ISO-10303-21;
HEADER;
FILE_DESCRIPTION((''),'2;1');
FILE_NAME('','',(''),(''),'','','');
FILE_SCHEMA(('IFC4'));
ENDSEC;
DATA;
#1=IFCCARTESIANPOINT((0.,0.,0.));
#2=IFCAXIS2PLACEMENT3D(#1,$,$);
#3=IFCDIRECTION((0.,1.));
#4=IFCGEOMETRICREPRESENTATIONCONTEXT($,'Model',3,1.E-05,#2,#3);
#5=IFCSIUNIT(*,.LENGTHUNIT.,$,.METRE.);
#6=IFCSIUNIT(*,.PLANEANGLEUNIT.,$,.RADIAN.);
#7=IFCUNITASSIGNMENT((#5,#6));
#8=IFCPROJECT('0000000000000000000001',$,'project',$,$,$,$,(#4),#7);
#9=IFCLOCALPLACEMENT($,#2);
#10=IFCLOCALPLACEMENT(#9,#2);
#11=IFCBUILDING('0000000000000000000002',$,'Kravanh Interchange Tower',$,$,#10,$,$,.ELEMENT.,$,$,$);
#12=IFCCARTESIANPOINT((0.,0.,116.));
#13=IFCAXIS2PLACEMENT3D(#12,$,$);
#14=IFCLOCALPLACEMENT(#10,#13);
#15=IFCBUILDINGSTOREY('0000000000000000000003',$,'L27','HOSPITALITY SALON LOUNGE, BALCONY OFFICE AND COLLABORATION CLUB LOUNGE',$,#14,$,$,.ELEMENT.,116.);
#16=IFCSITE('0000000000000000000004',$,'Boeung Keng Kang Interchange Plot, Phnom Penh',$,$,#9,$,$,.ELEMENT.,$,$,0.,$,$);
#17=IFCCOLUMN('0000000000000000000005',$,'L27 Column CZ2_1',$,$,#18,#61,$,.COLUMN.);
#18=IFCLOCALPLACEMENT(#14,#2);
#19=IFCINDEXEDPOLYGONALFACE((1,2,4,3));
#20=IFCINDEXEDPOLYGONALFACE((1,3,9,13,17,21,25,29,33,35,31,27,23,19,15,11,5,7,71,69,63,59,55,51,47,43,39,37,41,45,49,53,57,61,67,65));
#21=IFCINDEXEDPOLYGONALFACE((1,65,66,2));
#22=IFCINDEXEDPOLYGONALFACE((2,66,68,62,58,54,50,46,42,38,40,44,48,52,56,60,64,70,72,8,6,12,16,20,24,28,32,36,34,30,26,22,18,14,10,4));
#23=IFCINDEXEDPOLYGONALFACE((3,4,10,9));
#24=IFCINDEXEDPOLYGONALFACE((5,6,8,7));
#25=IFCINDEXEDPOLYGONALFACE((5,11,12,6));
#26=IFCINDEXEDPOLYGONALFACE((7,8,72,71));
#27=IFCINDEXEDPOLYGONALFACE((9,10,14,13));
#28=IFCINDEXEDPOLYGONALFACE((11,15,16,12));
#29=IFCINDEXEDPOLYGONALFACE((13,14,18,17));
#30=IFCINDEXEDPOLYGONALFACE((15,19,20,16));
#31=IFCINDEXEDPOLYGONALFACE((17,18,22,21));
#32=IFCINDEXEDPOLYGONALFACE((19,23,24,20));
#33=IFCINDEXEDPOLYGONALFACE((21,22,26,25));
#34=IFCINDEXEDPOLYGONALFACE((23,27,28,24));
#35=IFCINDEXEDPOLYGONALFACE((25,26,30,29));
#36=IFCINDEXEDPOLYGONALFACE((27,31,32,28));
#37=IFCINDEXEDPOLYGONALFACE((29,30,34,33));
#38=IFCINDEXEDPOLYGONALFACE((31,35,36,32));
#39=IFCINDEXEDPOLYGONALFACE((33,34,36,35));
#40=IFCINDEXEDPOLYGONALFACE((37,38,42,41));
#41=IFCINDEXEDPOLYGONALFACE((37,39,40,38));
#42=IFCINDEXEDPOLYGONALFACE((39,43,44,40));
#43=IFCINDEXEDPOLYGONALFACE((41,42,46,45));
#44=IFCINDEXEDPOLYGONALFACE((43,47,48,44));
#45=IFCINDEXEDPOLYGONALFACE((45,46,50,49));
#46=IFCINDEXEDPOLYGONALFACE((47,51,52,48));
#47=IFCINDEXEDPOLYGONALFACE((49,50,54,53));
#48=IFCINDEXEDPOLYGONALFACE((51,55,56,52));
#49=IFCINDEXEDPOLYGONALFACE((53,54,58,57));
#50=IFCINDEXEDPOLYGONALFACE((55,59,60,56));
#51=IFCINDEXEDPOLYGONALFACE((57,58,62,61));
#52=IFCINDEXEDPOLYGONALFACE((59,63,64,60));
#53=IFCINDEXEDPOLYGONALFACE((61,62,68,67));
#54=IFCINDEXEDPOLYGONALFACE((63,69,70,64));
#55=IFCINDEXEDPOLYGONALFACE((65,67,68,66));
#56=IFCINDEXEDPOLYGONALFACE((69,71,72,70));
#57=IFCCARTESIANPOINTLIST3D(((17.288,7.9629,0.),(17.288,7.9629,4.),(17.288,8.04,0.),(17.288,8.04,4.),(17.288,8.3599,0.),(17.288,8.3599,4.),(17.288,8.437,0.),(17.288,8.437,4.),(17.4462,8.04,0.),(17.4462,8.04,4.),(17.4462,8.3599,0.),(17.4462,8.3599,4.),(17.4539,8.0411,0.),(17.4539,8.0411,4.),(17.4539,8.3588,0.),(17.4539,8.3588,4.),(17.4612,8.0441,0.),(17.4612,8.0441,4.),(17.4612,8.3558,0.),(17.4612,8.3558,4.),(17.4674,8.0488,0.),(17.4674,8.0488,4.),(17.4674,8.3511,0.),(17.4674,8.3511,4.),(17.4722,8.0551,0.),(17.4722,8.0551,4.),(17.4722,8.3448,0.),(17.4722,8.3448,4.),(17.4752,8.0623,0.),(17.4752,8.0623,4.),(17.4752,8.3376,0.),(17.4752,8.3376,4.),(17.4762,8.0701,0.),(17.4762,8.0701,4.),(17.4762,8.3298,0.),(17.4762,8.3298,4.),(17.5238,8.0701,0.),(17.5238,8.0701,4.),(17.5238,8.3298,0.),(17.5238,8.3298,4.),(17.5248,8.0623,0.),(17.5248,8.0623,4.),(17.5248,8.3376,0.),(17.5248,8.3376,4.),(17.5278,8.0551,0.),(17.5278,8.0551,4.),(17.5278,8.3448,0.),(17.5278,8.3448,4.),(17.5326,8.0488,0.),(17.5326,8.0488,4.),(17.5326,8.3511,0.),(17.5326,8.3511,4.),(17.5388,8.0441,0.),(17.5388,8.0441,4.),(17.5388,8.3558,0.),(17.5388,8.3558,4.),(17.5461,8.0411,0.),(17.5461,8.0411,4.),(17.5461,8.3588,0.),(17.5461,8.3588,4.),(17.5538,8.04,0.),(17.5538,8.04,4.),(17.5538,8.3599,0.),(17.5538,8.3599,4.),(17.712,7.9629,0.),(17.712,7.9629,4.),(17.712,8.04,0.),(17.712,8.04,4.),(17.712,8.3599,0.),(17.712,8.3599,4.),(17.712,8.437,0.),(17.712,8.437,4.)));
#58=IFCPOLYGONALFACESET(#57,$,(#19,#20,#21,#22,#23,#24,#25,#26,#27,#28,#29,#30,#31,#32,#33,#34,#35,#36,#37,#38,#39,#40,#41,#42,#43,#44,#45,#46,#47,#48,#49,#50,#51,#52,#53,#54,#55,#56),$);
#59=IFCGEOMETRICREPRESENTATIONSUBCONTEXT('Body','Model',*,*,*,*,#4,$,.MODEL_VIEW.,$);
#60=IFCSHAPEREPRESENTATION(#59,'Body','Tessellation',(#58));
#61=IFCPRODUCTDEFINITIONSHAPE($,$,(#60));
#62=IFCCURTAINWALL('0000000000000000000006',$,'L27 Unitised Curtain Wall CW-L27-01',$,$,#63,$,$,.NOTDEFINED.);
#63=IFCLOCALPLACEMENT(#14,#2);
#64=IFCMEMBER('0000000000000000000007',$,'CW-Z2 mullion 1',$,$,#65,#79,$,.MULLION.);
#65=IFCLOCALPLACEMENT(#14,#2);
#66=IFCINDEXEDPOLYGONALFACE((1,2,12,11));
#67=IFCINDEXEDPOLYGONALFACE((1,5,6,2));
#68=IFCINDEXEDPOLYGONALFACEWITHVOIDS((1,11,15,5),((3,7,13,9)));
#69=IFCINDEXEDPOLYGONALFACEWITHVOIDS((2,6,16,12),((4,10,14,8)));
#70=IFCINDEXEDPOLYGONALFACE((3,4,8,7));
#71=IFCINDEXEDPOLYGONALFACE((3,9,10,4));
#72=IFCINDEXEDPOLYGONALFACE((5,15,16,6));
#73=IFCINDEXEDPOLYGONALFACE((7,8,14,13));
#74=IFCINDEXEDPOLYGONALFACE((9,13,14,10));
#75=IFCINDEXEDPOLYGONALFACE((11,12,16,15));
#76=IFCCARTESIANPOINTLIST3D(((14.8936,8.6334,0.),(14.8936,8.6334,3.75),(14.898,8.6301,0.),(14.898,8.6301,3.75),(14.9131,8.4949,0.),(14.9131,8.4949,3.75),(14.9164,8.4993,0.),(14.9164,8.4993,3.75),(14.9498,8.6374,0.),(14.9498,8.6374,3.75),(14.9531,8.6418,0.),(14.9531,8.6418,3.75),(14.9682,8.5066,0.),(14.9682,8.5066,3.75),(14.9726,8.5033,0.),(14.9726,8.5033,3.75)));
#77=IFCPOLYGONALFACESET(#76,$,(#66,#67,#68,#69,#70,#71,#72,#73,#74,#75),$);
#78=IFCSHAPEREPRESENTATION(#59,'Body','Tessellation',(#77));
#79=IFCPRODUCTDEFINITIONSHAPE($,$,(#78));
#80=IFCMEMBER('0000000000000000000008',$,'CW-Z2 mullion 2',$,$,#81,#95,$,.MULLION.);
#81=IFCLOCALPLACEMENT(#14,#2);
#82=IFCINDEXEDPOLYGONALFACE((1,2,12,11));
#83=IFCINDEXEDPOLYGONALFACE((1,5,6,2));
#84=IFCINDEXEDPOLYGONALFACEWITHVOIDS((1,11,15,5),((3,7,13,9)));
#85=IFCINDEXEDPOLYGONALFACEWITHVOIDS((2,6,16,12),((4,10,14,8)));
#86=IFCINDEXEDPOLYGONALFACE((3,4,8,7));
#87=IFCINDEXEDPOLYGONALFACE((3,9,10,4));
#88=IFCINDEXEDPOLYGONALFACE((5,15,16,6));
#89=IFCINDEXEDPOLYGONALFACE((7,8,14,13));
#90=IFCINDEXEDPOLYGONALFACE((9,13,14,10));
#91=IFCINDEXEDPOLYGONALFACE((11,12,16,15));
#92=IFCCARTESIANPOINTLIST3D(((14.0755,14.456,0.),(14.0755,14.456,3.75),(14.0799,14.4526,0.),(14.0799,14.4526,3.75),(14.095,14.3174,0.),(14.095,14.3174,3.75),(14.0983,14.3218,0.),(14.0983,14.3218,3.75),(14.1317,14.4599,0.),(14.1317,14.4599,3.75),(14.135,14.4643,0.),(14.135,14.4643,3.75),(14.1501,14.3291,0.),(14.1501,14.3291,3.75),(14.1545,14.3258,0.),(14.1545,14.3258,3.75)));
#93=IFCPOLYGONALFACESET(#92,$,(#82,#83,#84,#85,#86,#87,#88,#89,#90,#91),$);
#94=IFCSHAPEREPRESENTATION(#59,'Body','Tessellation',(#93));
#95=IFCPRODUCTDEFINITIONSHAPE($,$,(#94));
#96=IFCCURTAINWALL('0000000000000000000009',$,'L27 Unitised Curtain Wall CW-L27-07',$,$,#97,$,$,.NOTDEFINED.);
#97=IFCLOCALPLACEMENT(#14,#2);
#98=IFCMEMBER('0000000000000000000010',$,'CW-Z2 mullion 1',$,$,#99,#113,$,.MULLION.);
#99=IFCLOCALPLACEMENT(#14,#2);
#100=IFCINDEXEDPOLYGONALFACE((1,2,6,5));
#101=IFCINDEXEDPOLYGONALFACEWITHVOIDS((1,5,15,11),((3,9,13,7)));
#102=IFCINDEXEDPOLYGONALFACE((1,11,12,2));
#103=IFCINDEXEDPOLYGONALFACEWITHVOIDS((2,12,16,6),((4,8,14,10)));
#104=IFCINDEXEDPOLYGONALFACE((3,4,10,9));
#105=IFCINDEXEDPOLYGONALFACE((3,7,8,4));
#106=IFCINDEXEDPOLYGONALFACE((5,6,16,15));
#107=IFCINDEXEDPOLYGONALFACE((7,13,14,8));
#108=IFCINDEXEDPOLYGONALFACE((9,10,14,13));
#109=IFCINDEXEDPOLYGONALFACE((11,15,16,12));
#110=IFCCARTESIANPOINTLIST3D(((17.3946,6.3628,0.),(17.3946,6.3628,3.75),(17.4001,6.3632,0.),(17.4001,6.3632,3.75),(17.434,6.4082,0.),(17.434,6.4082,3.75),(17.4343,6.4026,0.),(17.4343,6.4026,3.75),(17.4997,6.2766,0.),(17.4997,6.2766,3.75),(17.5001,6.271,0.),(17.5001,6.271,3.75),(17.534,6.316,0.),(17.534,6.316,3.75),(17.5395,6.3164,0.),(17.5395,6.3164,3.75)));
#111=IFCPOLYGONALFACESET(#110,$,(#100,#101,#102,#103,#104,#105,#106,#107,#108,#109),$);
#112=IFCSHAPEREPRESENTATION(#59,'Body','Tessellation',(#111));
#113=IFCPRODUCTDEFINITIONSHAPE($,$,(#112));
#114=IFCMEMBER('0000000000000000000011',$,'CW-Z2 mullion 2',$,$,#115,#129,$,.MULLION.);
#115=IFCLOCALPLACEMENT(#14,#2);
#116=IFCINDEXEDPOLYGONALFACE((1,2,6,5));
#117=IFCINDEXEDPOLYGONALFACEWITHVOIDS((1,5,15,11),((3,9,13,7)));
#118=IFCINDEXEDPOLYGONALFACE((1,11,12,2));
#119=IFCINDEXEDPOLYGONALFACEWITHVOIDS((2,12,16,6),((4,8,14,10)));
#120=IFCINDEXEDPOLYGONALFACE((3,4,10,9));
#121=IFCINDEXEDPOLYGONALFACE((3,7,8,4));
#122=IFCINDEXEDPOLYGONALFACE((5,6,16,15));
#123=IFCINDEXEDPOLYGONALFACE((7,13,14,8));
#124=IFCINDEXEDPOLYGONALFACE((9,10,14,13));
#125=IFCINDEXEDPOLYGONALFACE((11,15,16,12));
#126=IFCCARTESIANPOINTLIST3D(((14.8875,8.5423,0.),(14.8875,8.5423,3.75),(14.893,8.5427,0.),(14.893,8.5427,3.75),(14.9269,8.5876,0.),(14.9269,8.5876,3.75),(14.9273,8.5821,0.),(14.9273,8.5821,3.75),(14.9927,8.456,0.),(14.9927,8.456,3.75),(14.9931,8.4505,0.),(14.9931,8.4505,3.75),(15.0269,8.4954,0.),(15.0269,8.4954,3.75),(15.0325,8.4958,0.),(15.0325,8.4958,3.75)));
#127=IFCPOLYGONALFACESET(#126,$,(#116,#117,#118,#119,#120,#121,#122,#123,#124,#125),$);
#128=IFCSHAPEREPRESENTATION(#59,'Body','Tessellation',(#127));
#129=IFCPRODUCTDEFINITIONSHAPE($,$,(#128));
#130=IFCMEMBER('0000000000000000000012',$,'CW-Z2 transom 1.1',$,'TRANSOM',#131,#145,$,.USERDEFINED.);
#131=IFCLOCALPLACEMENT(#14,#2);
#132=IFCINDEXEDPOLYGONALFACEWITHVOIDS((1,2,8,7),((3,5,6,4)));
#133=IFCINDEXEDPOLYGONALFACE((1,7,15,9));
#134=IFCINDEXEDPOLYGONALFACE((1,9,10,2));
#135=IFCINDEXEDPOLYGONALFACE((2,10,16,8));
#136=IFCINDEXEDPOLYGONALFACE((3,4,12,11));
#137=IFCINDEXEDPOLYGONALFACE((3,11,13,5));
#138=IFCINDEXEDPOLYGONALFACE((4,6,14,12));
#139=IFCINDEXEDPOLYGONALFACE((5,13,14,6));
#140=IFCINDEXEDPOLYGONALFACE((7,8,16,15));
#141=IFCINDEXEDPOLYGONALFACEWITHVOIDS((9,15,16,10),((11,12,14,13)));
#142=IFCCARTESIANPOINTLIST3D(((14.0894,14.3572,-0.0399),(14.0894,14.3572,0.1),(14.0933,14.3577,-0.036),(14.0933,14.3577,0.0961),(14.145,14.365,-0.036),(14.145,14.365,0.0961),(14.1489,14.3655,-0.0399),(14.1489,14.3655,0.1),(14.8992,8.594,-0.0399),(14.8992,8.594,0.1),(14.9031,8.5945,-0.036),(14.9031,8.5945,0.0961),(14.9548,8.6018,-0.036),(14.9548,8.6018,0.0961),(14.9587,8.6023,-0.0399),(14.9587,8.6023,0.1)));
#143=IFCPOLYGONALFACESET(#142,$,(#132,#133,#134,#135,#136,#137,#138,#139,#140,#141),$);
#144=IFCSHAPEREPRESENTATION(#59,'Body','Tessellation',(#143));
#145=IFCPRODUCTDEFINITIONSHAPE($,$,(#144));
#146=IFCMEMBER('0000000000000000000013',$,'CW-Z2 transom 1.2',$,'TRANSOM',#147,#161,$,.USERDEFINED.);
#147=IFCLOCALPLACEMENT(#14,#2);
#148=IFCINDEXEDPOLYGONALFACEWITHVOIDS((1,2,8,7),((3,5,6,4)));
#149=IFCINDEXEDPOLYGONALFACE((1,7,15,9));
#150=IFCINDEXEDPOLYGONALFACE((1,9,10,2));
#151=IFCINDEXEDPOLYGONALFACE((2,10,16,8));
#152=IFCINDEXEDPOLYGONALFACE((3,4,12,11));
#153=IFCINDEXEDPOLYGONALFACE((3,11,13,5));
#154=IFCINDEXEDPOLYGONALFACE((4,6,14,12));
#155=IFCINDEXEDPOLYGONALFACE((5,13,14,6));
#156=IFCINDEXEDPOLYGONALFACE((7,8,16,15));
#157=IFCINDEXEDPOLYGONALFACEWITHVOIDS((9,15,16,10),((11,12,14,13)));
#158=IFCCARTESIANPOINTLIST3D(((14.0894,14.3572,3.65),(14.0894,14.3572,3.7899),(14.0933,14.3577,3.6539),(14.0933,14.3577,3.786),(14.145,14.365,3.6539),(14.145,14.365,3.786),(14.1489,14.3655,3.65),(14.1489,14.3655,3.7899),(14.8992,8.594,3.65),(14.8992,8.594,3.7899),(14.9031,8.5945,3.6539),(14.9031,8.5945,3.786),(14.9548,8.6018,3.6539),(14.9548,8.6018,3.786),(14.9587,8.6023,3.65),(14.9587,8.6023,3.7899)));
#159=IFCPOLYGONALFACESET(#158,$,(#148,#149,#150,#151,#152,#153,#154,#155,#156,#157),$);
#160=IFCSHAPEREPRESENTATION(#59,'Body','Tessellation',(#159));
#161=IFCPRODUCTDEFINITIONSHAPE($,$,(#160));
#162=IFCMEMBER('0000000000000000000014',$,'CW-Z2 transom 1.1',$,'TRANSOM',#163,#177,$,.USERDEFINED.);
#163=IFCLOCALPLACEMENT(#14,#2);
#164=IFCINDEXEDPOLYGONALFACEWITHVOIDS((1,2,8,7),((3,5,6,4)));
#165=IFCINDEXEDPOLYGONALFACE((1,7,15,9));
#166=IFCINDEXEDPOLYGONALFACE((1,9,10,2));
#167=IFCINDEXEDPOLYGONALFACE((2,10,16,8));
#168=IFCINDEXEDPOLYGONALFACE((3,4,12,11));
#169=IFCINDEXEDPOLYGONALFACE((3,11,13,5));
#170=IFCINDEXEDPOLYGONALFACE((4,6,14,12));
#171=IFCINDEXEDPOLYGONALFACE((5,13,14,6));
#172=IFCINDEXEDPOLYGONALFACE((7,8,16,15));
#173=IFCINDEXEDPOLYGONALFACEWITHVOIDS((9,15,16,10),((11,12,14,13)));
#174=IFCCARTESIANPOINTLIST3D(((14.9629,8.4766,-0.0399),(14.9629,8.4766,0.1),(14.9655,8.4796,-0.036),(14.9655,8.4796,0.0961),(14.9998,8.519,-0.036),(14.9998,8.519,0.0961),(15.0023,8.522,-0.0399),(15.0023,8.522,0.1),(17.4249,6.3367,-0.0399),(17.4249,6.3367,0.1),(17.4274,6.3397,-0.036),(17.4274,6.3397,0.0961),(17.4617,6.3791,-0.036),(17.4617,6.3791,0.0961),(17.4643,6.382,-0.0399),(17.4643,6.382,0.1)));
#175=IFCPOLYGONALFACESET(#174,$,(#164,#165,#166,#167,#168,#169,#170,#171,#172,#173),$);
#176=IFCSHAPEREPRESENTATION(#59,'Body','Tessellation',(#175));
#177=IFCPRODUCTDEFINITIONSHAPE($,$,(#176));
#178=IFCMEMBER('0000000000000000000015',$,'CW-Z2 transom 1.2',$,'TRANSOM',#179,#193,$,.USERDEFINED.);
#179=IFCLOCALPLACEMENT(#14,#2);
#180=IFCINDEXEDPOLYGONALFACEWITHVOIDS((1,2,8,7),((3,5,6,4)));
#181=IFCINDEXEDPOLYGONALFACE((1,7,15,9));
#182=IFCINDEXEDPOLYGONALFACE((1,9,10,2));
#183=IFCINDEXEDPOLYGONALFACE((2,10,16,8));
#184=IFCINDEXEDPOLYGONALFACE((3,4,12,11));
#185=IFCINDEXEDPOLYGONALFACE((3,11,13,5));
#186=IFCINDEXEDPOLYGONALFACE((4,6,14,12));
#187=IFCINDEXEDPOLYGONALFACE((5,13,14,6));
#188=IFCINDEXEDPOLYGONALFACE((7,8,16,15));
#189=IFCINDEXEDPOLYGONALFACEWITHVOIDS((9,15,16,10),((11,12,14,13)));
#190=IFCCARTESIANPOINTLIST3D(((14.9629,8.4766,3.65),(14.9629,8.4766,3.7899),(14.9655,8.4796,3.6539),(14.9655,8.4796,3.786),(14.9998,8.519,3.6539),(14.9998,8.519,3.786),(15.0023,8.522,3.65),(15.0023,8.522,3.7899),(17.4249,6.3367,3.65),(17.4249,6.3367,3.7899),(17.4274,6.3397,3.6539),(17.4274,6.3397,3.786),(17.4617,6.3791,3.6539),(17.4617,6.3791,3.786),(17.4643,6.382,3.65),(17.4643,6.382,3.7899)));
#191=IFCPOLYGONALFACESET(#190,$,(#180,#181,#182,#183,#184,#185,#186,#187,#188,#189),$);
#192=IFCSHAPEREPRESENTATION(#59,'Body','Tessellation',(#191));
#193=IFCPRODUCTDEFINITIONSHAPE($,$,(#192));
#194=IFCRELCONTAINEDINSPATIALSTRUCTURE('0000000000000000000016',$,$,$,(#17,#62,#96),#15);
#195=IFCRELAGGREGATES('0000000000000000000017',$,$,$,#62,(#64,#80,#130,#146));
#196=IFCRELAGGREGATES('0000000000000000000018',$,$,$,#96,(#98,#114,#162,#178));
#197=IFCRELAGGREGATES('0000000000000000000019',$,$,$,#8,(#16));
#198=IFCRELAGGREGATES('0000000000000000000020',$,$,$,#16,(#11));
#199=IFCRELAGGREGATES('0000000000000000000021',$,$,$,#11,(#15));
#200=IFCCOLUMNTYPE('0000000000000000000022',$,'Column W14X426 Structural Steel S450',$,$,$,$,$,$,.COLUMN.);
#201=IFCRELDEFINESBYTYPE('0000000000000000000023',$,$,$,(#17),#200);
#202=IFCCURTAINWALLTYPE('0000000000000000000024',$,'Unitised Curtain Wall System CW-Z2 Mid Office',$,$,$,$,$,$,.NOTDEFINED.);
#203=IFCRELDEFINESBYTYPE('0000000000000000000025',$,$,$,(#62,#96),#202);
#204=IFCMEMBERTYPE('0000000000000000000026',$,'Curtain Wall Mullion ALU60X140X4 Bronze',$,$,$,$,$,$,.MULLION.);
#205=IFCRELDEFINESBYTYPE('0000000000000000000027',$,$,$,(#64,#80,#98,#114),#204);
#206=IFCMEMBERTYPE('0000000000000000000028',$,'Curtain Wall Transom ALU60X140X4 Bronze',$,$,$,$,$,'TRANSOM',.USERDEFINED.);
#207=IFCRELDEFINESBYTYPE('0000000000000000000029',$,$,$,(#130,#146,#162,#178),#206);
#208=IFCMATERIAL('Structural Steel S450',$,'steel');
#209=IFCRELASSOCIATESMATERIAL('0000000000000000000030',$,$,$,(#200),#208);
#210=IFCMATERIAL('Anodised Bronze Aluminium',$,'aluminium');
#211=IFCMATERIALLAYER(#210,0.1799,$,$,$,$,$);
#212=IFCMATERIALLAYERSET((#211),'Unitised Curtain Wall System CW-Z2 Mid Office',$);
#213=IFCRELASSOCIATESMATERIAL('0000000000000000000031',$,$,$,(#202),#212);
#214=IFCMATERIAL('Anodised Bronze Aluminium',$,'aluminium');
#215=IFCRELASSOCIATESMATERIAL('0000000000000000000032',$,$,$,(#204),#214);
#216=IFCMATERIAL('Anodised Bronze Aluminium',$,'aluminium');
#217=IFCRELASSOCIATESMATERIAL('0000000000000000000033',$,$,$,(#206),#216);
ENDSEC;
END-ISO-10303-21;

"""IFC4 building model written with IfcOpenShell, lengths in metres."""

from ifc_helpers import new_model, si_unit, direction, frame, origin, origin_2d, place, context, subcontext, project, spatial, hollow_rectangle, i_section, extrude, material, layer, layer_set, material_profile, profile_set, type_object, element, aggregate, save


model = new_model("IFC4")

# Units and contexts
model_context = context("Model", 3, precision=1e-05, world=origin(), true_north=direction((0.0, 1.0)))
body_context = subcontext(model_context, "Body", "Model", "MODEL_VIEW")
ifc_project = project(units=[si_unit("LENGTHUNIT", "METRE"), si_unit("PLANEANGLEUNIT", "RADIAN")], contexts=[model_context])

# Site, building, storey
site_placement = place(None, origin())
site = spatial("IfcSite", under=ifc_project, at=site_placement, Name="Boeung Keng Kang Interchange Plot, Phnom Penh", CompositionType="ELEMENT", RefElevation=0.0)
building_placement = place(site_placement, origin())
building = spatial("IfcBuilding", under=site, at=building_placement, Name="Kravanh Interchange Tower", CompositionType="ELEMENT")
storey_placement = place(building_placement, frame((0.0, 0.0, 116.0)))
storey = spatial("IfcBuildingStorey", under=building, at=storey_placement, Name="L27", Description="HOSPITALITY SALON LOUNGE, BALCONY OFFICE AND COLLABORATION CLUB LOUNGE", CompositionType="ELEMENT", Elevation=116.0)

# Column
ifc_material_1 = material(Name="Structural Steel S450", Category="steel")
ifc_material_profile_1 = material_profile(ifc_material_1, i_section(OverallWidth=0.4241, OverallDepth=0.4741, WebThickness=0.0476, FlangeThickness=0.0771, FilletRadius=0.03, at=origin_2d()), Name="W14X426")
ifc_profile_set_1 = profile_set([ifc_material_profile_1], Name="Structural Steel S450")
column_type = type_object("IfcColumnType", Name="Column W14X426 Structural Steel S450", PredefinedType="COLUMN", material=ifc_profile_set_1)
column_placement = place(storey_placement, frame((17.5, 8.2, 0.0), z_axis=(0.0, 0.0, 1.0), x_axis=(1.0, 0.0, 0.0)))
element("IfcColumn", 1, at=column_placement, inside=storey, type_object=column_type, Name="L27 Column CZ2_1", PredefinedType="COLUMN", context=body_context, shape_type="SweptSolid", body=[
    extrude(i_section(OverallWidth=0.4241, OverallDepth=0.4741, WebThickness=0.0476, FlangeThickness=0.0771, FilletRadius=0.03, at=origin_2d()), origin(), (0.0, 0.0, 1.0), 4.0),
])

# Curtain walls, members
ifc_material_2 = material(Name="Anodised Bronze Aluminium", Category="aluminium")
ifc_layer_1 = layer(ifc_material_2, 0.1799)
ifc_layer_set_1 = layer_set([ifc_layer_1], Name="Unitised Curtain Wall System CW-Z2 Mid Office")
curtain_wall_type = type_object("IfcCurtainWallType", Name="Unitised Curtain Wall System CW-Z2 Mid Office", PredefinedType="NOTDEFINED", material=ifc_layer_set_1)
curtain_wall_1_placement = place(storey_placement, origin())
curtain_wall_1 = element("IfcCurtainWall", 2, at=curtain_wall_1_placement, inside=storey, type_object=curtain_wall_type, Name="L27 Unitised Curtain Wall CW-L27-01", PredefinedType="NOTDEFINED")
ifc_material_3 = material(Name="Anodised Bronze Aluminium", Category="aluminium")
ifc_material_profile_2 = material_profile(ifc_material_3, hollow_rectangle(XDim=0.0601, YDim=0.1399, WallThickness=0.0039, at=origin_2d()), Name="ALU60X140X4")
ifc_profile_set_2 = profile_set([ifc_material_profile_2], Name="Anodised Bronze Aluminium")
member_type_1 = type_object("IfcMemberType", Name="Curtain Wall Mullion ALU60X140X4 Bronze", PredefinedType="MULLION", material=ifc_profile_set_2)
member_1_placement = place(storey_placement, frame((14.9331, 8.5684, 0.0), z_axis=(0.0, 0.0, 1.0), x_axis=(-0.990268, -0.139173, 0.0)))
member_1 = element("IfcMember", 3, at=member_1_placement, type_object=member_type_1, Name="CW-Z2 mullion 1", PredefinedType="MULLION", context=body_context, shape_type="SweptSolid", body=[
    extrude(hollow_rectangle(XDim=0.0601, YDim=0.1399, WallThickness=0.0039, at=origin_2d()), origin(), (0.0, 0.0, 1.0), 3.75),
])
member_2_placement = place(storey_placement, frame((14.115, 14.3909, 0.0), z_axis=(0.0, 0.0, 1.0), x_axis=(-0.990268, -0.139173, 0.0)))
member_2 = element("IfcMember", 4, at=member_2_placement, type_object=member_type_1, Name="CW-Z2 mullion 2", PredefinedType="MULLION", context=body_context, shape_type="SweptSolid", body=[
    extrude(hollow_rectangle(XDim=0.0601, YDim=0.1399, WallThickness=0.0039, at=origin_2d()), origin(), (0.0, 0.0, 1.0), 3.75),
])
curtain_wall_2_placement = place(storey_placement, origin())
curtain_wall_2 = element("IfcCurtainWall", 5, at=curtain_wall_2_placement, inside=storey, type_object=curtain_wall_type, Name="L27 Unitised Curtain Wall CW-L27-07", PredefinedType="NOTDEFINED")
member_3_placement = place(storey_placement, frame((17.467, 6.3396, 0.0), z_axis=(0.0, 0.0, 1.0), x_axis=(-0.656048, -0.754719, 0.0)))
member_3 = element("IfcMember", 6, at=member_3_placement, type_object=member_type_1, Name="CW-Z2 mullion 1", PredefinedType="MULLION", context=body_context, shape_type="SweptSolid", body=[
    extrude(hollow_rectangle(XDim=0.0601, YDim=0.1399, WallThickness=0.0039, at=origin_2d()), origin(), (0.0, 0.0, 1.0), 3.75),
])
member_4_placement = place(storey_placement, frame((14.96, 8.519, 0.0), z_axis=(0.0, 0.0, 1.0), x_axis=(-0.656048, -0.754719, 0.0)))
member_4 = element("IfcMember", 7, at=member_4_placement, type_object=member_type_1, Name="CW-Z2 mullion 2", PredefinedType="MULLION", context=body_context, shape_type="SweptSolid", body=[
    extrude(hollow_rectangle(XDim=0.0601, YDim=0.1399, WallThickness=0.0039, at=origin_2d()), origin(), (0.0, 0.0, 1.0), 3.75),
])

# Members
ifc_material_4 = material(Name="Anodised Bronze Aluminium", Category="aluminium")
ifc_material_profile_3 = material_profile(ifc_material_4, hollow_rectangle(XDim=0.0601, YDim=0.1399, WallThickness=0.0039, at=origin_2d()), Name="ALU60X140X4")
ifc_profile_set_3 = profile_set([ifc_material_profile_3], Name="Anodised Bronze Aluminium")
member_type_2 = type_object("IfcMemberType", Name="Curtain Wall Transom ALU60X140X4 Bronze", ElementType="TRANSOM", PredefinedType="USERDEFINED", material=ifc_profile_set_3)
member_5_placement = place(storey_placement, frame((14.929, 8.5981, 0.03), z_axis=(-0.139148, 0.990272, 0.0), x_axis=(-0.990272, -0.139148, 0.0)))
member_5 = element("IfcMember", 8, at=member_5_placement, type_object=member_type_2, Name="CW-Z2 transom 1.1", ObjectType="TRANSOM", PredefinedType="USERDEFINED", context=body_context, shape_type="SweptSolid", body=[
    extrude(hollow_rectangle(XDim=0.0601, YDim=0.1399, WallThickness=0.0039, at=origin_2d()), origin(), (0.0, 0.0, 1.0), 5.8198),
])
member_6_placement = place(storey_placement, frame((14.929, 8.5981, 3.72), z_axis=(-0.139148, 0.990272, 0.0), x_axis=(-0.990272, -0.139148, 0.0)))
member_6 = element("IfcMember", 9, at=member_6_placement, type_object=member_type_2, Name="CW-Z2 transom 1.2", ObjectType="TRANSOM", PredefinedType="USERDEFINED", context=body_context, shape_type="SweptSolid", body=[
    extrude(hollow_rectangle(XDim=0.0601, YDim=0.1399, WallThickness=0.0039, at=origin_2d()), origin(), (0.0, 0.0, 1.0), 5.8198),
])
member_7_placement = place(storey_placement, frame((17.4446, 6.3594, 0.03), z_axis=(-0.754742, 0.656021, 0.0), x_axis=(-0.656021, -0.754742, 0.0)))
member_7 = element("IfcMember", 10, at=member_7_placement, type_object=member_type_2, Name="CW-Z2 transom 1.1", ObjectType="TRANSOM", PredefinedType="USERDEFINED", context=body_context, shape_type="SweptSolid", body=[
    extrude(hollow_rectangle(XDim=0.0601, YDim=0.1399, WallThickness=0.0039, at=origin_2d()), origin(), (0.0, 0.0, 1.0), 3.262),
])
member_8_placement = place(storey_placement, frame((17.4446, 6.3594, 3.72), z_axis=(-0.754742, 0.656021, 0.0), x_axis=(-0.656021, -0.754742, 0.0)))
member_8 = element("IfcMember", 11, at=member_8_placement, type_object=member_type_2, Name="CW-Z2 transom 1.2", ObjectType="TRANSOM", PredefinedType="USERDEFINED", context=body_context, shape_type="SweptSolid", body=[
    extrude(hollow_rectangle(XDim=0.0601, YDim=0.1399, WallThickness=0.0039, at=origin_2d()), origin(), (0.0, 0.0, 1.0), 3.262),
])

aggregate(curtain_wall_1, [member_1, member_2, member_5, member_6])
aggregate(curtain_wall_2, [member_3, member_4, member_7, member_8])

save(model, "model.ifc")
